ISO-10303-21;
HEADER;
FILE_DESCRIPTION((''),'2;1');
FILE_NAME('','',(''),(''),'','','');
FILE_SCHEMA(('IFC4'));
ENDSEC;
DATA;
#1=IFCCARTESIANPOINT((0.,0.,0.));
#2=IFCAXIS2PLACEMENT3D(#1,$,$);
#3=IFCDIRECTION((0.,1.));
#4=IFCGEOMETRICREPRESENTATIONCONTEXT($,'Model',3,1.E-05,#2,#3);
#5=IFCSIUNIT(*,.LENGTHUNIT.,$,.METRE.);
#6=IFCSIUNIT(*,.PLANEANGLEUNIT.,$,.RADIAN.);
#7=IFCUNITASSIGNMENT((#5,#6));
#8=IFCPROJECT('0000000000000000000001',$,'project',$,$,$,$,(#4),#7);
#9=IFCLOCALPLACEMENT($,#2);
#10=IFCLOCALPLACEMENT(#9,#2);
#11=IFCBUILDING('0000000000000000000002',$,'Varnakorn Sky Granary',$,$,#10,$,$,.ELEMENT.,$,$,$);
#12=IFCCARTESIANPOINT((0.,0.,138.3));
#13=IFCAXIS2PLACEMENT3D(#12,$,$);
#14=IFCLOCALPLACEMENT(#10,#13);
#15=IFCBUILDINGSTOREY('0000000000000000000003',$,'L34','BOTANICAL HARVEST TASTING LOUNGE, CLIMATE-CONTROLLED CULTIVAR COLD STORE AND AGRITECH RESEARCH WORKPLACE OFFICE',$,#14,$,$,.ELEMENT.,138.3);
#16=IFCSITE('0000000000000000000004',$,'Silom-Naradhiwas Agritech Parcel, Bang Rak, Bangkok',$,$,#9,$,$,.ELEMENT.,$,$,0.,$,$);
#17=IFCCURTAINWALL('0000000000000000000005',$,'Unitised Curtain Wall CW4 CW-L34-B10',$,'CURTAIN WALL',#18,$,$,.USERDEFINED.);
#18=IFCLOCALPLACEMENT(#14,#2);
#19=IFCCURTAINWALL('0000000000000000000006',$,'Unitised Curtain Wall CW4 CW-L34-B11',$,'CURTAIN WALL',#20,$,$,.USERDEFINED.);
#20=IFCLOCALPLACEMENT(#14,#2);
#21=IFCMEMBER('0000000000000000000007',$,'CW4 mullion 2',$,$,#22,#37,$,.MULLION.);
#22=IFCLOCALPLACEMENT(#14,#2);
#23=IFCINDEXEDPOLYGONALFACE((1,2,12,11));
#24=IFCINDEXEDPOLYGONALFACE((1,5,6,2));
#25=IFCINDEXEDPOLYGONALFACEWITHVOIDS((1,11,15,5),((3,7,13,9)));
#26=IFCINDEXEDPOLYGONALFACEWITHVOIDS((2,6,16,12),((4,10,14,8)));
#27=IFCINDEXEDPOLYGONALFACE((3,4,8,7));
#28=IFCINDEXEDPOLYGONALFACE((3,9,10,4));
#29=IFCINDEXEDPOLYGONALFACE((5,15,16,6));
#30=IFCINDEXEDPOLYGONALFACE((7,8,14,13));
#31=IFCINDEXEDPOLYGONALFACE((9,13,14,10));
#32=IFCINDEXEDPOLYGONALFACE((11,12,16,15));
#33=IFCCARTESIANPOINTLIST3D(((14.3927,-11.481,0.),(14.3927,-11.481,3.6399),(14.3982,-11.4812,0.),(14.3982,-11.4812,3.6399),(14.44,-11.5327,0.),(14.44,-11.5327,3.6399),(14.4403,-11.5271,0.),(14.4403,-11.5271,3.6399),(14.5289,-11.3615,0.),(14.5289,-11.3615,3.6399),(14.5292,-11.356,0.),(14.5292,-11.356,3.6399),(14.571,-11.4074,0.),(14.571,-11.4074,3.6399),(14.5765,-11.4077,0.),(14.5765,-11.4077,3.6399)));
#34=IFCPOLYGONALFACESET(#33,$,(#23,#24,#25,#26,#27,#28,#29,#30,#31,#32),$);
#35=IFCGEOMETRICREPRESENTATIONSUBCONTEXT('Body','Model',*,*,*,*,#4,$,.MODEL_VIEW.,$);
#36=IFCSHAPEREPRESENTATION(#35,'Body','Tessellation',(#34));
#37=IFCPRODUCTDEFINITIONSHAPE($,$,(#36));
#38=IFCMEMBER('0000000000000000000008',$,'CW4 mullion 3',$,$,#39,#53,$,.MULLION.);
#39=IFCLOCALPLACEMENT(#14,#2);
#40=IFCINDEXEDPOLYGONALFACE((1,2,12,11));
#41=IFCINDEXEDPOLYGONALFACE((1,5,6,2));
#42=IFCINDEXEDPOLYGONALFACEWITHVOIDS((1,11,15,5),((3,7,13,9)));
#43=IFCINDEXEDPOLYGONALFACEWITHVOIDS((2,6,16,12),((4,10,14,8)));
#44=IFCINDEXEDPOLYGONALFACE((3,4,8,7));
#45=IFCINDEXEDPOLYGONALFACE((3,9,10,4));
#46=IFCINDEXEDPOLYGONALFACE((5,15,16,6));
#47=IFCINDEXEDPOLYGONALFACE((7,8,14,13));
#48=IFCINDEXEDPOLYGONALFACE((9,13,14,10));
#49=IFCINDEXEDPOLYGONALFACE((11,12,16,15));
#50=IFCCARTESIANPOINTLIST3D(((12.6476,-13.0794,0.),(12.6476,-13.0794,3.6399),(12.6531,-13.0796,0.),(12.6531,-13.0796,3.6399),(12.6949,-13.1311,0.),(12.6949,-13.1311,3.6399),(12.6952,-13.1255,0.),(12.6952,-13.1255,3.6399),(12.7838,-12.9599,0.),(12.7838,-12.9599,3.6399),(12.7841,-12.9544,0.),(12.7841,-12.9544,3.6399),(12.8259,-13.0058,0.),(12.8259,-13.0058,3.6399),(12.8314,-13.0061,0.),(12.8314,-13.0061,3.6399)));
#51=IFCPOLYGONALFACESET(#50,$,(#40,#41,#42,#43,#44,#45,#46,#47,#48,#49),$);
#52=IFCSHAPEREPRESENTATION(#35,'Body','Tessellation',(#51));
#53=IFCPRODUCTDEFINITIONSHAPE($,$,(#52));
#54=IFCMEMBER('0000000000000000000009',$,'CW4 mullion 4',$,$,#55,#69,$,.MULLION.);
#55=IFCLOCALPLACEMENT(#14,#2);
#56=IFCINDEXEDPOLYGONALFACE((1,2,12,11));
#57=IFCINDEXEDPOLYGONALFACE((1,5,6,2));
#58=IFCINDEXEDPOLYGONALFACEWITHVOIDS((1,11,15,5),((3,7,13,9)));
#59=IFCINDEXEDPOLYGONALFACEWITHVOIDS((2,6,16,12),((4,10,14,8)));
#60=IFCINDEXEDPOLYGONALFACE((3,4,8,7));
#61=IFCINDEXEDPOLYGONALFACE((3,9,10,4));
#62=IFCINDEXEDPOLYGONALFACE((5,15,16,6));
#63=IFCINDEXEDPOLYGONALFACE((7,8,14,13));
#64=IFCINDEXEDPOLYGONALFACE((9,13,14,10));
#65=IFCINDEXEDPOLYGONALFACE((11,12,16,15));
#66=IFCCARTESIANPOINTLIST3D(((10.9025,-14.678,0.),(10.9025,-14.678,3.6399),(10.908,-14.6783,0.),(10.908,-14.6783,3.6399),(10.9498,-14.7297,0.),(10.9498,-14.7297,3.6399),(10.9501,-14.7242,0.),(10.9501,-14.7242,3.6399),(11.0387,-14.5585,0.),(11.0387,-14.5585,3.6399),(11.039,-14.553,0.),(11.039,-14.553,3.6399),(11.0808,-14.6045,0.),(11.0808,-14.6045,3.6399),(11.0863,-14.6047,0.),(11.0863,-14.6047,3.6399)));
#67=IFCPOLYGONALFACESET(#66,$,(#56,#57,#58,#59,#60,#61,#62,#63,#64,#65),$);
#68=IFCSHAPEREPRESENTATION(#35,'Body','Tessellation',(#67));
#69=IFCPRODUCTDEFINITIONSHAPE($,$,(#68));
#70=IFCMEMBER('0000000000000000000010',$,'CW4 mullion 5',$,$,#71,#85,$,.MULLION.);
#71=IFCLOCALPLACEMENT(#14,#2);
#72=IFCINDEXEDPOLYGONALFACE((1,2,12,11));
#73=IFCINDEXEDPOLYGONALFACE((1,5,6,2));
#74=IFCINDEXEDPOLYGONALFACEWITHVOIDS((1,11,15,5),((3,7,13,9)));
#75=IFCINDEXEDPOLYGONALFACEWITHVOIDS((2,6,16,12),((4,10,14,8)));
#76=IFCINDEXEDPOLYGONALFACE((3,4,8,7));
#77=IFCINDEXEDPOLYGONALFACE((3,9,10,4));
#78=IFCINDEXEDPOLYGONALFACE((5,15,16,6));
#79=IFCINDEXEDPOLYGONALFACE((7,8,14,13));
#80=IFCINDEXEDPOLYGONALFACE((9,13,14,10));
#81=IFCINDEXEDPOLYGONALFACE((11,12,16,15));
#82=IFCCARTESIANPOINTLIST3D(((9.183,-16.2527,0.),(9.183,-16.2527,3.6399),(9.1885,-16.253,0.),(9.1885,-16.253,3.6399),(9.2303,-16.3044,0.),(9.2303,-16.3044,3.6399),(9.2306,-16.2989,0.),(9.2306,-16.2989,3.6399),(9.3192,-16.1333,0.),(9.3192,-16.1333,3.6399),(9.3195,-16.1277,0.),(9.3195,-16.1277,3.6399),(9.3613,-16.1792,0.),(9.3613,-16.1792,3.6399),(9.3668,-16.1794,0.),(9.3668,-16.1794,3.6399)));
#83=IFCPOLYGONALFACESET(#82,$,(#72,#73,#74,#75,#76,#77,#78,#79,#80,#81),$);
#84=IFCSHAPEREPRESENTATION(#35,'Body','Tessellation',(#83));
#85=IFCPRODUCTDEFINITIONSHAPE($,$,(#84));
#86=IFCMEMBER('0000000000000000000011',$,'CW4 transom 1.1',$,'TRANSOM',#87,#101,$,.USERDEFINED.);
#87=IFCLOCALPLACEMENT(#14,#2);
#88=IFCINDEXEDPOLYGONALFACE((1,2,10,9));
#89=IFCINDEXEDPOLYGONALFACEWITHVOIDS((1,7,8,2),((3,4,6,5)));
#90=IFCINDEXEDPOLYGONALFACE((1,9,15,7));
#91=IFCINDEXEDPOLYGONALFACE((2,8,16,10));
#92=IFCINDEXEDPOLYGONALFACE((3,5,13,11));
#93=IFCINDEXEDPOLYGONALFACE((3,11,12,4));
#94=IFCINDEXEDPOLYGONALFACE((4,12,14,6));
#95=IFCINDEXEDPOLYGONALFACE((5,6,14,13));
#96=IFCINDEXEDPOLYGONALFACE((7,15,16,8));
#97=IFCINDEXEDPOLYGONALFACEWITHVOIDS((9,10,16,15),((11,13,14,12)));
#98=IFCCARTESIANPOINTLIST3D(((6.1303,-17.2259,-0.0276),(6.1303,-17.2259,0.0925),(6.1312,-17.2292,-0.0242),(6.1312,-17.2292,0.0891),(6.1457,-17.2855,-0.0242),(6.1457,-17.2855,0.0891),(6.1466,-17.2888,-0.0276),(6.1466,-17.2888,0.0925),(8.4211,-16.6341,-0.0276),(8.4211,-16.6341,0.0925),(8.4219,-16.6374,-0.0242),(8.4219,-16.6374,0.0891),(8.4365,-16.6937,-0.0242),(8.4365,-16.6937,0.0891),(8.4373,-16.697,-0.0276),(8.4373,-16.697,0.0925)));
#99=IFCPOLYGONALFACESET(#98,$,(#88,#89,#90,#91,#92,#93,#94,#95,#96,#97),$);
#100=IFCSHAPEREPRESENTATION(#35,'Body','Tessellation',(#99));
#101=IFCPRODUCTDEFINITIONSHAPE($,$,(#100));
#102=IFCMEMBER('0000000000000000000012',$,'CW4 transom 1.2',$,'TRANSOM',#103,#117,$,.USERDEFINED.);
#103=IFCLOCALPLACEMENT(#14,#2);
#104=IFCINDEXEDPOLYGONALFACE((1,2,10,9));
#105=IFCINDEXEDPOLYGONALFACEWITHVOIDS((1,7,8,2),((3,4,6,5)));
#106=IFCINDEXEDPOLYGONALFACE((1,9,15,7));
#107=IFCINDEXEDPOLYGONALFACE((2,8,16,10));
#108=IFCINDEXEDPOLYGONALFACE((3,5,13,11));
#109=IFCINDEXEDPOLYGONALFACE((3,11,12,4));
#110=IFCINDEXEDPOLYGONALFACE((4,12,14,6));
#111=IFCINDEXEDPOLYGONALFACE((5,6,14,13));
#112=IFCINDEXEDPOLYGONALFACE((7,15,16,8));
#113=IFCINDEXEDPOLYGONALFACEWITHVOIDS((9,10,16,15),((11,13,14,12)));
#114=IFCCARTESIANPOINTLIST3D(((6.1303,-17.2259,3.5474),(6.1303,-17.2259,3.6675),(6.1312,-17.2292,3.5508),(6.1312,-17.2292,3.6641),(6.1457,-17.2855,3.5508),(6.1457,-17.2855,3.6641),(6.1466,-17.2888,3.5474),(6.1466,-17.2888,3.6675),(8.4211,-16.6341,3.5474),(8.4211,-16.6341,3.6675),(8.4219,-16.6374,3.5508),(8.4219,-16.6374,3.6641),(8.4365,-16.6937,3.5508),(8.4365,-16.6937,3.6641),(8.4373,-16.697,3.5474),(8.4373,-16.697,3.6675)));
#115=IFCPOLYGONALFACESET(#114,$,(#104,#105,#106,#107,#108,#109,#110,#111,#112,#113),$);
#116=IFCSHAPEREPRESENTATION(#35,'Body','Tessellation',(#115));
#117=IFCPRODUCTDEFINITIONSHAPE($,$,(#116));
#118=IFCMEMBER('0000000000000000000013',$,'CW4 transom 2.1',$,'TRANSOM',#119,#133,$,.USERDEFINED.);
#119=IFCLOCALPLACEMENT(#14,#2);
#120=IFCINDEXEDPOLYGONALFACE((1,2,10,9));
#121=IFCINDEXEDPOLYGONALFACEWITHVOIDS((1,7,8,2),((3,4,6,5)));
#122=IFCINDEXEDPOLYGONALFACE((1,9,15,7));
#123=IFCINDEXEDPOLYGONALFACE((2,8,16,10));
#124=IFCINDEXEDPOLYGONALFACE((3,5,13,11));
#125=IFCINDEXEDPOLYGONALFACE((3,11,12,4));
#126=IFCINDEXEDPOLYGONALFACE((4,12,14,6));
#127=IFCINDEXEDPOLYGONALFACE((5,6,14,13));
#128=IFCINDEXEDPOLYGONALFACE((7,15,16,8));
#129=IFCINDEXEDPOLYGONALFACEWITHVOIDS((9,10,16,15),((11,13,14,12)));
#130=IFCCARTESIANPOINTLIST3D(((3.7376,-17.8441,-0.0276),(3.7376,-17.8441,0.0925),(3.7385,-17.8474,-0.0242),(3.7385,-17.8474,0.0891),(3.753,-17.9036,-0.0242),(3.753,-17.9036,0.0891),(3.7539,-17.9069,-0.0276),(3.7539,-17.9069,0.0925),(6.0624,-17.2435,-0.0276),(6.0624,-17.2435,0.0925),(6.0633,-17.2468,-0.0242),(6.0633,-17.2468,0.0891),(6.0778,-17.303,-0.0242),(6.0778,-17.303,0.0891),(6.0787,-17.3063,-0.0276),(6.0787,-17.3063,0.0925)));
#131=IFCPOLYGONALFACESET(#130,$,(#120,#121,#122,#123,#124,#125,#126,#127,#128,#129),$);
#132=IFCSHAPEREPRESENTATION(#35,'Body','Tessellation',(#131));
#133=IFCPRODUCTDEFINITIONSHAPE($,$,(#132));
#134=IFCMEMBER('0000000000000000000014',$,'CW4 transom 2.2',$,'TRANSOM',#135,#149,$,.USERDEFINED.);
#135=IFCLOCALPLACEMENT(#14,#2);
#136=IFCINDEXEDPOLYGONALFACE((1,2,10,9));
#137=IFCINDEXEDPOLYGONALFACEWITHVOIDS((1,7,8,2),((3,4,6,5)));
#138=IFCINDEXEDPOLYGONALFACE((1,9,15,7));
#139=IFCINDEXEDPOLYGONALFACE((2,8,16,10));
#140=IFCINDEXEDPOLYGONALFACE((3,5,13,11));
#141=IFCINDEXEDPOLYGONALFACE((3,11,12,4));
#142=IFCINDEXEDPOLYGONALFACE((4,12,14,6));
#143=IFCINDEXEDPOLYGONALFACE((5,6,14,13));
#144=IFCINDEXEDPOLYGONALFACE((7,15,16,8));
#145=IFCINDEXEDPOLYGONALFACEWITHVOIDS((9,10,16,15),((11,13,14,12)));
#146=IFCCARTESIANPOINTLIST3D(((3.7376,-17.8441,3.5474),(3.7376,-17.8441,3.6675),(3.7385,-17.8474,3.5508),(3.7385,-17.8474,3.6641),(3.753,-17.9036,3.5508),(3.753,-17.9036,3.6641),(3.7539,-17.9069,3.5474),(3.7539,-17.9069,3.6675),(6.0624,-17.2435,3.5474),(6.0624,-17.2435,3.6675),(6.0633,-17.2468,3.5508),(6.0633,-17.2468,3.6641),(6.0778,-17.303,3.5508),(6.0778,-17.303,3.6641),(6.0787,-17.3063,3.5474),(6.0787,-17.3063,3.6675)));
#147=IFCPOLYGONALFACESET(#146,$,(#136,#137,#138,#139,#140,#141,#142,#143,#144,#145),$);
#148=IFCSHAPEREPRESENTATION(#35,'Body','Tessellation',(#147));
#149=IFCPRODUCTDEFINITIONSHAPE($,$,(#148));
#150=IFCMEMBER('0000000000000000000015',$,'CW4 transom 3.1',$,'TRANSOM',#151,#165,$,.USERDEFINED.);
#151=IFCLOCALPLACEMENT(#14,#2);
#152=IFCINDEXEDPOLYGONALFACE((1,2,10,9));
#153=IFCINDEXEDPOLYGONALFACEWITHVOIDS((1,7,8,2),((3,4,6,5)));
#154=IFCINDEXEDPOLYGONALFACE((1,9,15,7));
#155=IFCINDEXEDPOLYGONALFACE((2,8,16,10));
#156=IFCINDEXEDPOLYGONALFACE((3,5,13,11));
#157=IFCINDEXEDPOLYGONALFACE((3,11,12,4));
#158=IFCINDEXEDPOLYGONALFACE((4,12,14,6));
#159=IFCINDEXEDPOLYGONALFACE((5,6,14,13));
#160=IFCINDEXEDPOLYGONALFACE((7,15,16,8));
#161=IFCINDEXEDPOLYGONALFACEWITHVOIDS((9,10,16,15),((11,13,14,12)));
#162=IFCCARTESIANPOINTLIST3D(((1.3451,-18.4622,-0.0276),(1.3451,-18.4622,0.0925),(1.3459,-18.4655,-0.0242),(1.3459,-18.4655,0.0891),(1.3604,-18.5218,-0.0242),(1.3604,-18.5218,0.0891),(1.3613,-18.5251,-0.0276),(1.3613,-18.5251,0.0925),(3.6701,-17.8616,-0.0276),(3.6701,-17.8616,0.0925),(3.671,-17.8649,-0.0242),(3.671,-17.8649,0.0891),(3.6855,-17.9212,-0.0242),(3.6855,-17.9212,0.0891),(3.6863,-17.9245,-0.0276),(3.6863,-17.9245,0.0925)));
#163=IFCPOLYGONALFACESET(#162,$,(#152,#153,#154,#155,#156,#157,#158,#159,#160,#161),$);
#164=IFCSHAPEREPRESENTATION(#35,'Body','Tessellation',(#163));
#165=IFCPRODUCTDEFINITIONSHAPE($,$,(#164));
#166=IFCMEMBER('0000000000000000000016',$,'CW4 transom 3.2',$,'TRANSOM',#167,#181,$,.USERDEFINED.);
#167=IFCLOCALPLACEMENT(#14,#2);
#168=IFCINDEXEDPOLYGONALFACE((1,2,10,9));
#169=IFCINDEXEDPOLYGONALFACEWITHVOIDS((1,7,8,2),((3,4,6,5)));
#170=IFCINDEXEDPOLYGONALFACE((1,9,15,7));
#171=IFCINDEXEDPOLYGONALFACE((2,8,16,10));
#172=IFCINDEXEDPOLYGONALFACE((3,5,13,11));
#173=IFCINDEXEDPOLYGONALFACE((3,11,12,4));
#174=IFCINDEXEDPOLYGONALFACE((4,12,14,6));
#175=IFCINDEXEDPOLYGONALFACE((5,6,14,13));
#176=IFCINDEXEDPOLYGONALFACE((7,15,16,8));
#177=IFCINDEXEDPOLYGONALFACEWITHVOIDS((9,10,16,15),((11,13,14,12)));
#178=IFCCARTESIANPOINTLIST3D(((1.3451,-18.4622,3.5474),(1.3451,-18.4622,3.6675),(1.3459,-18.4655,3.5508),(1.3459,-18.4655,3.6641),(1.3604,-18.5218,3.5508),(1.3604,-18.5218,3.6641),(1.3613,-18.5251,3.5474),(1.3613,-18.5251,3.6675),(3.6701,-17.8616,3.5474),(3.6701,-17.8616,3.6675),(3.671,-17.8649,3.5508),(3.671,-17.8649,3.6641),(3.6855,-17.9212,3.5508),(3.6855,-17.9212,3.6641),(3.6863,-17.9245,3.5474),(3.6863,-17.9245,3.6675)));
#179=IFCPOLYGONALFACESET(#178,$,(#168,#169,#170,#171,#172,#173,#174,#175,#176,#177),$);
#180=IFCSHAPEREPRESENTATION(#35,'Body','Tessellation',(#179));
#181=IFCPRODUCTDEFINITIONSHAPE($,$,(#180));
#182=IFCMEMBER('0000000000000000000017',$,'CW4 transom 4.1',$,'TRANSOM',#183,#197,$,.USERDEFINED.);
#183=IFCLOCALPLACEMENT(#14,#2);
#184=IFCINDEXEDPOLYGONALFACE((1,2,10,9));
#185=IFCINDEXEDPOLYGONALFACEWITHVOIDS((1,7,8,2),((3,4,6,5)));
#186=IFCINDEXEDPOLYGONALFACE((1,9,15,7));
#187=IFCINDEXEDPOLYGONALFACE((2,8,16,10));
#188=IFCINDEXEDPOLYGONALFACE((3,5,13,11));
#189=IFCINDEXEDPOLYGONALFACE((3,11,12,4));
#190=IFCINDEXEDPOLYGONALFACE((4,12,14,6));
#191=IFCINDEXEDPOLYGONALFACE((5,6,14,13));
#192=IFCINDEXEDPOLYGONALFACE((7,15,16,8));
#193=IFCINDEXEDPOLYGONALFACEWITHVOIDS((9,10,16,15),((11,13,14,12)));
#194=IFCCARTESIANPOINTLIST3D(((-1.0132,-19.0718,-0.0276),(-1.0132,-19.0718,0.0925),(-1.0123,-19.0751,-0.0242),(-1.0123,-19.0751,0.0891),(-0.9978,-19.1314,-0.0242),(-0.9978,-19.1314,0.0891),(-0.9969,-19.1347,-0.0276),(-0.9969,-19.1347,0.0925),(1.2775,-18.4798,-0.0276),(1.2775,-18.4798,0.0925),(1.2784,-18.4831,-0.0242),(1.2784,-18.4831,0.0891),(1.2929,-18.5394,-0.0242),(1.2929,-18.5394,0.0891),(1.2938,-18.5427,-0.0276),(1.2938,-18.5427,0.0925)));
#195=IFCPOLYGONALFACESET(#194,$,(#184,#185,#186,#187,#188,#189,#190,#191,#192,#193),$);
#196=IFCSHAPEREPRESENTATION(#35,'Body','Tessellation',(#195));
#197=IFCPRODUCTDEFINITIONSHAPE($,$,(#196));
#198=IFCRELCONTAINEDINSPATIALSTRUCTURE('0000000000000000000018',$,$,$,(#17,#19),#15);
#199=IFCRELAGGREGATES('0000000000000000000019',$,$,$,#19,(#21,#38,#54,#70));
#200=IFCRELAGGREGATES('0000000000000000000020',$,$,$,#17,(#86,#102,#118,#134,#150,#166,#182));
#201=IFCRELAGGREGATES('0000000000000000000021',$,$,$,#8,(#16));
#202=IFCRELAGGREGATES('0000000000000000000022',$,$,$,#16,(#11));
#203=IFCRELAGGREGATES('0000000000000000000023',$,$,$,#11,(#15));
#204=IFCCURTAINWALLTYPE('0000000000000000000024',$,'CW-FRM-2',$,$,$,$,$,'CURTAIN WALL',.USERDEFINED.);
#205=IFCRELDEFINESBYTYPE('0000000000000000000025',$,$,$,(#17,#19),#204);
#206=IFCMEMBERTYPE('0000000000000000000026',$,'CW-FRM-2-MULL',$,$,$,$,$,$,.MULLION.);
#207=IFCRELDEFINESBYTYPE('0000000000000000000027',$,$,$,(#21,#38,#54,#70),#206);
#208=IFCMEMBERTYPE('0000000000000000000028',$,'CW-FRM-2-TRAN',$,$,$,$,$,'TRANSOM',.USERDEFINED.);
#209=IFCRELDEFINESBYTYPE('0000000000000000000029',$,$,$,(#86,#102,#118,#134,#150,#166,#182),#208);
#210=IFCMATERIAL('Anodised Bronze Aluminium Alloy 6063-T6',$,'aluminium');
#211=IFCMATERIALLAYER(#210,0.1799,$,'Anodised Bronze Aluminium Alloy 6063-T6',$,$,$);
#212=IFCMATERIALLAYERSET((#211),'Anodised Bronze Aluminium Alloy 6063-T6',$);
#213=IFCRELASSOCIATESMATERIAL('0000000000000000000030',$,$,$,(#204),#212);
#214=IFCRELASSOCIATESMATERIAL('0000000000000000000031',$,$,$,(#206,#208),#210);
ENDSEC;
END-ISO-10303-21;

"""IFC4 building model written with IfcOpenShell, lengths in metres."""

from ifc_helpers import new_model, si_unit, direction, frame, origin, origin_2d, place, context, subcontext, project, spatial, hollow_rectangle, extrude, material, layer, layer_set, material_profile, profile_set, type_object, element, aggregate, save


model = new_model("IFC4")

# Units and contexts
model_context = context("Model", 3, precision=1e-05, world=origin(), true_north=direction((0.0, 1.0)))
body_context = subcontext(model_context, "Body", "Model", "MODEL_VIEW")
ifc_project = project(units=[si_unit("LENGTHUNIT", "METRE"), si_unit("PLANEANGLEUNIT", "RADIAN")], contexts=[model_context])

# Site, building, storey
site_placement = place(None, origin())
site = spatial("IfcSite", under=ifc_project, at=site_placement, Name="Silom-Naradhiwas Agritech Parcel, Bang Rak, Bangkok", CompositionType="ELEMENT", RefElevation=0.0)
building_placement = place(site_placement, origin())
building = spatial("IfcBuilding", under=site, at=building_placement, Name="Varnakorn Sky Granary", CompositionType="ELEMENT")
storey_placement = place(building_placement, frame((0.0, 0.0, 138.3)))
storey = spatial("IfcBuildingStorey", under=building, at=storey_placement, Name="L34", Description="BOTANICAL HARVEST TASTING LOUNGE, CLIMATE-CONTROLLED CULTIVAR COLD STORE AND AGRITECH RESEARCH WORKPLACE OFFICE", CompositionType="ELEMENT", Elevation=138.3)

# Curtain walls, members
ifc_material_1 = material(Name="Anodised Bronze Aluminium Alloy 6063-T6", Category="aluminium")
ifc_layer_1 = layer(ifc_material_1, 0.1799, Name="Anodised Bronze Aluminium Alloy 6063-T6")
ifc_layer_set_1 = layer_set([ifc_layer_1], Name="Anodised Bronze Aluminium Alloy 6063-T6")
curtain_wall_type = type_object("IfcCurtainWallType", Name="CW-FRM-2", ElementType="CURTAIN WALL", PredefinedType="USERDEFINED", material=ifc_layer_set_1)
curtain_wall_1_placement = place(storey_placement, origin())
curtain_wall_1 = element("IfcCurtainWall", 1, at=curtain_wall_1_placement, inside=storey, type_object=curtain_wall_type, Name="Unitised Curtain Wall CW4 CW-L34-B10", ObjectType="CURTAIN WALL", PredefinedType="USERDEFINED")
ifc_material_profile_1 = material_profile(ifc_material_1, hollow_rectangle(XDim=0.0701, YDim=0.1851, WallThickness=0.0039, at=origin_2d()), Name="ALU MULL 70x185")
ifc_profile_set_1 = profile_set([ifc_material_profile_1], Name="Anodised Bronze Aluminium Alloy 6063-T6")
member_type_1 = type_object("IfcMemberType", Name="CW-FRM-2-MULL", PredefinedType="MULLION", material=ifc_profile_set_1)
curtain_wall_2_placement = place(storey_placement, origin())
curtain_wall_2 = element("IfcCurtainWall", 2, at=curtain_wall_2_placement, inside=storey, type_object=curtain_wall_type, Name="Unitised Curtain Wall CW4 CW-L34-B11", ObjectType="CURTAIN WALL", PredefinedType="USERDEFINED")
member_1_placement = place(storey_placement, frame((14.4846, -11.4443, 0.0), z_axis=(0.0, 0.0, 1.0), x_axis=(0.675438, -0.737417, 0.0)))
member_1 = element("IfcMember", 3, at=member_1_placement, type_object=member_type_1, Name="CW4 mullion 2", PredefinedType="MULLION", context=body_context, shape_type="SweptSolid", body=[
    extrude(hollow_rectangle(XDim=0.0701, YDim=0.1851, WallThickness=0.0039, at=origin_2d()), origin(), (0.0, 0.0, 1.0), 3.6399),
])
member_2_placement = place(storey_placement, frame((12.7395, -13.0427, 0.0), z_axis=(0.0, 0.0, 1.0), x_axis=(0.675438, -0.737417, 0.0)))
member_2 = element("IfcMember", 4, at=member_2_placement, type_object=member_type_1, Name="CW4 mullion 3", PredefinedType="MULLION", context=body_context, shape_type="SweptSolid", body=[
    extrude(hollow_rectangle(XDim=0.0701, YDim=0.1851, WallThickness=0.0039, at=origin_2d()), origin(), (0.0, 0.0, 1.0), 3.6399),
])
member_3_placement = place(storey_placement, frame((10.9944, -14.6414, 0.0), z_axis=(0.0, 0.0, 1.0), x_axis=(0.675438, -0.737417, 0.0)))
member_3 = element("IfcMember", 5, at=member_3_placement, type_object=member_type_1, Name="CW4 mullion 4", PredefinedType="MULLION", context=body_context, shape_type="SweptSolid", body=[
    extrude(hollow_rectangle(XDim=0.0701, YDim=0.1851, WallThickness=0.0039, at=origin_2d()), origin(), (0.0, 0.0, 1.0), 3.6399),
])
member_4_placement = place(storey_placement, frame((9.2749, -16.2161, 0.0), z_axis=(0.0, 0.0, 1.0), x_axis=(0.675438, -0.737417, 0.0)))
member_4 = element("IfcMember", 6, at=member_4_placement, type_object=member_type_1, Name="CW4 mullion 5", PredefinedType="MULLION", context=body_context, shape_type="SweptSolid", body=[
    extrude(hollow_rectangle(XDim=0.0701, YDim=0.1851, WallThickness=0.0039, at=origin_2d()), origin(), (0.0, 0.0, 1.0), 3.6399),
])

# Members
ifc_material_profile_2 = material_profile(ifc_material_1, hollow_rectangle(XDim=0.0649, YDim=0.1201, WallThickness=0.0034, at=origin_2d()), Name="ALU TRAN 65x120")
ifc_profile_set_2 = profile_set([ifc_material_profile_2], Name="Anodised Bronze Aluminium Alloy 6063-T6")
member_type_2 = type_object("IfcMemberType", Name="CW-FRM-2-TRAN", ElementType="TRANSOM", PredefinedType="USERDEFINED", material=ifc_profile_set_2)
member_5_placement = place(storey_placement, frame((8.4292, -16.6655, 0.0325), z_axis=(-0.968213, -0.250128, 0.0), x_axis=(0.250128, -0.968213, 0.0)))
member_5 = element("IfcMember", 7, at=member_5_placement, type_object=member_type_2, Name="CW4 transom 1.1", ObjectType="TRANSOM", PredefinedType="USERDEFINED", context=body_context, shape_type="SweptSolid", body=[
    extrude(hollow_rectangle(XDim=0.0649, YDim=0.1201, WallThickness=0.0034, at=origin_2d()), origin(), (0.0, 0.0, 1.0), 2.366),
])
member_6_placement = place(storey_placement, frame((8.4292, -16.6655, 3.6074), z_axis=(-0.968213, -0.250128, 0.0), x_axis=(0.250128, -0.968213, 0.0)))
member_6 = element("IfcMember", 8, at=member_6_placement, type_object=member_type_2, Name="CW4 transom 1.2", ObjectType="TRANSOM", PredefinedType="USERDEFINED", context=body_context, shape_type="SweptSolid", body=[
    extrude(hollow_rectangle(XDim=0.0649, YDim=0.1201, WallThickness=0.0034, at=origin_2d()), origin(), (0.0, 0.0, 1.0), 2.366),
])
member_7_placement = place(storey_placement, frame((6.0706, -17.2749, 0.0325), z_axis=(-0.968211, -0.250136, 0.0), x_axis=(0.250136, -0.968211, 0.0)))
member_7 = element("IfcMember", 9, at=member_7_placement, type_object=member_type_2, Name="CW4 transom 2.1", ObjectType="TRANSOM", PredefinedType="USERDEFINED", context=body_context, shape_type="SweptSolid", body=[
    extrude(hollow_rectangle(XDim=0.0649, YDim=0.1201, WallThickness=0.0034, at=origin_2d()), origin(), (0.0, 0.0, 1.0), 2.4011),
])
member_8_placement = place(storey_placement, frame((6.0706, -17.2749, 3.6074), z_axis=(-0.968211, -0.250136, 0.0), x_axis=(0.250136, -0.968211, 0.0)))
member_8 = element("IfcMember", 10, at=member_8_placement, type_object=member_type_2, Name="CW4 transom 2.2", ObjectType="TRANSOM", PredefinedType="USERDEFINED", context=body_context, shape_type="SweptSolid", body=[
    extrude(hollow_rectangle(XDim=0.0649, YDim=0.1201, WallThickness=0.0034, at=origin_2d()), origin(), (0.0, 0.0, 1.0), 2.4011),
])
member_9_placement = place(storey_placement, frame((3.6782, -17.8931, 0.0325), z_axis=(-0.968217, -0.250112, 0.0), x_axis=(0.250112, -0.968217, 0.0)))
member_9 = element("IfcMember", 11, at=member_9_placement, type_object=member_type_2, Name="CW4 transom 3.1", ObjectType="TRANSOM", PredefinedType="USERDEFINED", context=body_context, shape_type="SweptSolid", body=[
    extrude(hollow_rectangle(XDim=0.0649, YDim=0.1201, WallThickness=0.0034, at=origin_2d()), origin(), (0.0, 0.0, 1.0), 2.4014),
])
member_10_placement = place(storey_placement, frame((3.6782, -17.8931, 3.6074), z_axis=(-0.968217, -0.250112, 0.0), x_axis=(0.250112, -0.968217, 0.0)))
member_10 = element("IfcMember", 12, at=member_10_placement, type_object=member_type_2, Name="CW4 transom 3.2", ObjectType="TRANSOM", PredefinedType="USERDEFINED", context=body_context, shape_type="SweptSolid", body=[
    extrude(hollow_rectangle(XDim=0.0649, YDim=0.1201, WallThickness=0.0034, at=origin_2d()), origin(), (0.0, 0.0, 1.0), 2.4014),
])
member_11_placement = place(storey_placement, frame((1.2856, -18.5112, 0.0325), z_axis=(-0.968188, -0.250224, 0.0), x_axis=(0.250224, -0.968188, 0.0)))
member_11 = element("IfcMember", 13, at=member_11_placement, type_object=member_type_2, Name="CW4 transom 4.1", ObjectType="TRANSOM", PredefinedType="USERDEFINED", context=body_context, shape_type="SweptSolid", body=[
    extrude(hollow_rectangle(XDim=0.0649, YDim=0.1201, WallThickness=0.0034, at=origin_2d()), origin(), (0.0, 0.0, 1.0), 2.366),
])

aggregate(curtain_wall_2, [member_1, member_2, member_3, member_4])
aggregate(curtain_wall_1, [member_5, member_6, member_7, member_8, member_9, member_10, member_11])

save(model, "model.ifc")
